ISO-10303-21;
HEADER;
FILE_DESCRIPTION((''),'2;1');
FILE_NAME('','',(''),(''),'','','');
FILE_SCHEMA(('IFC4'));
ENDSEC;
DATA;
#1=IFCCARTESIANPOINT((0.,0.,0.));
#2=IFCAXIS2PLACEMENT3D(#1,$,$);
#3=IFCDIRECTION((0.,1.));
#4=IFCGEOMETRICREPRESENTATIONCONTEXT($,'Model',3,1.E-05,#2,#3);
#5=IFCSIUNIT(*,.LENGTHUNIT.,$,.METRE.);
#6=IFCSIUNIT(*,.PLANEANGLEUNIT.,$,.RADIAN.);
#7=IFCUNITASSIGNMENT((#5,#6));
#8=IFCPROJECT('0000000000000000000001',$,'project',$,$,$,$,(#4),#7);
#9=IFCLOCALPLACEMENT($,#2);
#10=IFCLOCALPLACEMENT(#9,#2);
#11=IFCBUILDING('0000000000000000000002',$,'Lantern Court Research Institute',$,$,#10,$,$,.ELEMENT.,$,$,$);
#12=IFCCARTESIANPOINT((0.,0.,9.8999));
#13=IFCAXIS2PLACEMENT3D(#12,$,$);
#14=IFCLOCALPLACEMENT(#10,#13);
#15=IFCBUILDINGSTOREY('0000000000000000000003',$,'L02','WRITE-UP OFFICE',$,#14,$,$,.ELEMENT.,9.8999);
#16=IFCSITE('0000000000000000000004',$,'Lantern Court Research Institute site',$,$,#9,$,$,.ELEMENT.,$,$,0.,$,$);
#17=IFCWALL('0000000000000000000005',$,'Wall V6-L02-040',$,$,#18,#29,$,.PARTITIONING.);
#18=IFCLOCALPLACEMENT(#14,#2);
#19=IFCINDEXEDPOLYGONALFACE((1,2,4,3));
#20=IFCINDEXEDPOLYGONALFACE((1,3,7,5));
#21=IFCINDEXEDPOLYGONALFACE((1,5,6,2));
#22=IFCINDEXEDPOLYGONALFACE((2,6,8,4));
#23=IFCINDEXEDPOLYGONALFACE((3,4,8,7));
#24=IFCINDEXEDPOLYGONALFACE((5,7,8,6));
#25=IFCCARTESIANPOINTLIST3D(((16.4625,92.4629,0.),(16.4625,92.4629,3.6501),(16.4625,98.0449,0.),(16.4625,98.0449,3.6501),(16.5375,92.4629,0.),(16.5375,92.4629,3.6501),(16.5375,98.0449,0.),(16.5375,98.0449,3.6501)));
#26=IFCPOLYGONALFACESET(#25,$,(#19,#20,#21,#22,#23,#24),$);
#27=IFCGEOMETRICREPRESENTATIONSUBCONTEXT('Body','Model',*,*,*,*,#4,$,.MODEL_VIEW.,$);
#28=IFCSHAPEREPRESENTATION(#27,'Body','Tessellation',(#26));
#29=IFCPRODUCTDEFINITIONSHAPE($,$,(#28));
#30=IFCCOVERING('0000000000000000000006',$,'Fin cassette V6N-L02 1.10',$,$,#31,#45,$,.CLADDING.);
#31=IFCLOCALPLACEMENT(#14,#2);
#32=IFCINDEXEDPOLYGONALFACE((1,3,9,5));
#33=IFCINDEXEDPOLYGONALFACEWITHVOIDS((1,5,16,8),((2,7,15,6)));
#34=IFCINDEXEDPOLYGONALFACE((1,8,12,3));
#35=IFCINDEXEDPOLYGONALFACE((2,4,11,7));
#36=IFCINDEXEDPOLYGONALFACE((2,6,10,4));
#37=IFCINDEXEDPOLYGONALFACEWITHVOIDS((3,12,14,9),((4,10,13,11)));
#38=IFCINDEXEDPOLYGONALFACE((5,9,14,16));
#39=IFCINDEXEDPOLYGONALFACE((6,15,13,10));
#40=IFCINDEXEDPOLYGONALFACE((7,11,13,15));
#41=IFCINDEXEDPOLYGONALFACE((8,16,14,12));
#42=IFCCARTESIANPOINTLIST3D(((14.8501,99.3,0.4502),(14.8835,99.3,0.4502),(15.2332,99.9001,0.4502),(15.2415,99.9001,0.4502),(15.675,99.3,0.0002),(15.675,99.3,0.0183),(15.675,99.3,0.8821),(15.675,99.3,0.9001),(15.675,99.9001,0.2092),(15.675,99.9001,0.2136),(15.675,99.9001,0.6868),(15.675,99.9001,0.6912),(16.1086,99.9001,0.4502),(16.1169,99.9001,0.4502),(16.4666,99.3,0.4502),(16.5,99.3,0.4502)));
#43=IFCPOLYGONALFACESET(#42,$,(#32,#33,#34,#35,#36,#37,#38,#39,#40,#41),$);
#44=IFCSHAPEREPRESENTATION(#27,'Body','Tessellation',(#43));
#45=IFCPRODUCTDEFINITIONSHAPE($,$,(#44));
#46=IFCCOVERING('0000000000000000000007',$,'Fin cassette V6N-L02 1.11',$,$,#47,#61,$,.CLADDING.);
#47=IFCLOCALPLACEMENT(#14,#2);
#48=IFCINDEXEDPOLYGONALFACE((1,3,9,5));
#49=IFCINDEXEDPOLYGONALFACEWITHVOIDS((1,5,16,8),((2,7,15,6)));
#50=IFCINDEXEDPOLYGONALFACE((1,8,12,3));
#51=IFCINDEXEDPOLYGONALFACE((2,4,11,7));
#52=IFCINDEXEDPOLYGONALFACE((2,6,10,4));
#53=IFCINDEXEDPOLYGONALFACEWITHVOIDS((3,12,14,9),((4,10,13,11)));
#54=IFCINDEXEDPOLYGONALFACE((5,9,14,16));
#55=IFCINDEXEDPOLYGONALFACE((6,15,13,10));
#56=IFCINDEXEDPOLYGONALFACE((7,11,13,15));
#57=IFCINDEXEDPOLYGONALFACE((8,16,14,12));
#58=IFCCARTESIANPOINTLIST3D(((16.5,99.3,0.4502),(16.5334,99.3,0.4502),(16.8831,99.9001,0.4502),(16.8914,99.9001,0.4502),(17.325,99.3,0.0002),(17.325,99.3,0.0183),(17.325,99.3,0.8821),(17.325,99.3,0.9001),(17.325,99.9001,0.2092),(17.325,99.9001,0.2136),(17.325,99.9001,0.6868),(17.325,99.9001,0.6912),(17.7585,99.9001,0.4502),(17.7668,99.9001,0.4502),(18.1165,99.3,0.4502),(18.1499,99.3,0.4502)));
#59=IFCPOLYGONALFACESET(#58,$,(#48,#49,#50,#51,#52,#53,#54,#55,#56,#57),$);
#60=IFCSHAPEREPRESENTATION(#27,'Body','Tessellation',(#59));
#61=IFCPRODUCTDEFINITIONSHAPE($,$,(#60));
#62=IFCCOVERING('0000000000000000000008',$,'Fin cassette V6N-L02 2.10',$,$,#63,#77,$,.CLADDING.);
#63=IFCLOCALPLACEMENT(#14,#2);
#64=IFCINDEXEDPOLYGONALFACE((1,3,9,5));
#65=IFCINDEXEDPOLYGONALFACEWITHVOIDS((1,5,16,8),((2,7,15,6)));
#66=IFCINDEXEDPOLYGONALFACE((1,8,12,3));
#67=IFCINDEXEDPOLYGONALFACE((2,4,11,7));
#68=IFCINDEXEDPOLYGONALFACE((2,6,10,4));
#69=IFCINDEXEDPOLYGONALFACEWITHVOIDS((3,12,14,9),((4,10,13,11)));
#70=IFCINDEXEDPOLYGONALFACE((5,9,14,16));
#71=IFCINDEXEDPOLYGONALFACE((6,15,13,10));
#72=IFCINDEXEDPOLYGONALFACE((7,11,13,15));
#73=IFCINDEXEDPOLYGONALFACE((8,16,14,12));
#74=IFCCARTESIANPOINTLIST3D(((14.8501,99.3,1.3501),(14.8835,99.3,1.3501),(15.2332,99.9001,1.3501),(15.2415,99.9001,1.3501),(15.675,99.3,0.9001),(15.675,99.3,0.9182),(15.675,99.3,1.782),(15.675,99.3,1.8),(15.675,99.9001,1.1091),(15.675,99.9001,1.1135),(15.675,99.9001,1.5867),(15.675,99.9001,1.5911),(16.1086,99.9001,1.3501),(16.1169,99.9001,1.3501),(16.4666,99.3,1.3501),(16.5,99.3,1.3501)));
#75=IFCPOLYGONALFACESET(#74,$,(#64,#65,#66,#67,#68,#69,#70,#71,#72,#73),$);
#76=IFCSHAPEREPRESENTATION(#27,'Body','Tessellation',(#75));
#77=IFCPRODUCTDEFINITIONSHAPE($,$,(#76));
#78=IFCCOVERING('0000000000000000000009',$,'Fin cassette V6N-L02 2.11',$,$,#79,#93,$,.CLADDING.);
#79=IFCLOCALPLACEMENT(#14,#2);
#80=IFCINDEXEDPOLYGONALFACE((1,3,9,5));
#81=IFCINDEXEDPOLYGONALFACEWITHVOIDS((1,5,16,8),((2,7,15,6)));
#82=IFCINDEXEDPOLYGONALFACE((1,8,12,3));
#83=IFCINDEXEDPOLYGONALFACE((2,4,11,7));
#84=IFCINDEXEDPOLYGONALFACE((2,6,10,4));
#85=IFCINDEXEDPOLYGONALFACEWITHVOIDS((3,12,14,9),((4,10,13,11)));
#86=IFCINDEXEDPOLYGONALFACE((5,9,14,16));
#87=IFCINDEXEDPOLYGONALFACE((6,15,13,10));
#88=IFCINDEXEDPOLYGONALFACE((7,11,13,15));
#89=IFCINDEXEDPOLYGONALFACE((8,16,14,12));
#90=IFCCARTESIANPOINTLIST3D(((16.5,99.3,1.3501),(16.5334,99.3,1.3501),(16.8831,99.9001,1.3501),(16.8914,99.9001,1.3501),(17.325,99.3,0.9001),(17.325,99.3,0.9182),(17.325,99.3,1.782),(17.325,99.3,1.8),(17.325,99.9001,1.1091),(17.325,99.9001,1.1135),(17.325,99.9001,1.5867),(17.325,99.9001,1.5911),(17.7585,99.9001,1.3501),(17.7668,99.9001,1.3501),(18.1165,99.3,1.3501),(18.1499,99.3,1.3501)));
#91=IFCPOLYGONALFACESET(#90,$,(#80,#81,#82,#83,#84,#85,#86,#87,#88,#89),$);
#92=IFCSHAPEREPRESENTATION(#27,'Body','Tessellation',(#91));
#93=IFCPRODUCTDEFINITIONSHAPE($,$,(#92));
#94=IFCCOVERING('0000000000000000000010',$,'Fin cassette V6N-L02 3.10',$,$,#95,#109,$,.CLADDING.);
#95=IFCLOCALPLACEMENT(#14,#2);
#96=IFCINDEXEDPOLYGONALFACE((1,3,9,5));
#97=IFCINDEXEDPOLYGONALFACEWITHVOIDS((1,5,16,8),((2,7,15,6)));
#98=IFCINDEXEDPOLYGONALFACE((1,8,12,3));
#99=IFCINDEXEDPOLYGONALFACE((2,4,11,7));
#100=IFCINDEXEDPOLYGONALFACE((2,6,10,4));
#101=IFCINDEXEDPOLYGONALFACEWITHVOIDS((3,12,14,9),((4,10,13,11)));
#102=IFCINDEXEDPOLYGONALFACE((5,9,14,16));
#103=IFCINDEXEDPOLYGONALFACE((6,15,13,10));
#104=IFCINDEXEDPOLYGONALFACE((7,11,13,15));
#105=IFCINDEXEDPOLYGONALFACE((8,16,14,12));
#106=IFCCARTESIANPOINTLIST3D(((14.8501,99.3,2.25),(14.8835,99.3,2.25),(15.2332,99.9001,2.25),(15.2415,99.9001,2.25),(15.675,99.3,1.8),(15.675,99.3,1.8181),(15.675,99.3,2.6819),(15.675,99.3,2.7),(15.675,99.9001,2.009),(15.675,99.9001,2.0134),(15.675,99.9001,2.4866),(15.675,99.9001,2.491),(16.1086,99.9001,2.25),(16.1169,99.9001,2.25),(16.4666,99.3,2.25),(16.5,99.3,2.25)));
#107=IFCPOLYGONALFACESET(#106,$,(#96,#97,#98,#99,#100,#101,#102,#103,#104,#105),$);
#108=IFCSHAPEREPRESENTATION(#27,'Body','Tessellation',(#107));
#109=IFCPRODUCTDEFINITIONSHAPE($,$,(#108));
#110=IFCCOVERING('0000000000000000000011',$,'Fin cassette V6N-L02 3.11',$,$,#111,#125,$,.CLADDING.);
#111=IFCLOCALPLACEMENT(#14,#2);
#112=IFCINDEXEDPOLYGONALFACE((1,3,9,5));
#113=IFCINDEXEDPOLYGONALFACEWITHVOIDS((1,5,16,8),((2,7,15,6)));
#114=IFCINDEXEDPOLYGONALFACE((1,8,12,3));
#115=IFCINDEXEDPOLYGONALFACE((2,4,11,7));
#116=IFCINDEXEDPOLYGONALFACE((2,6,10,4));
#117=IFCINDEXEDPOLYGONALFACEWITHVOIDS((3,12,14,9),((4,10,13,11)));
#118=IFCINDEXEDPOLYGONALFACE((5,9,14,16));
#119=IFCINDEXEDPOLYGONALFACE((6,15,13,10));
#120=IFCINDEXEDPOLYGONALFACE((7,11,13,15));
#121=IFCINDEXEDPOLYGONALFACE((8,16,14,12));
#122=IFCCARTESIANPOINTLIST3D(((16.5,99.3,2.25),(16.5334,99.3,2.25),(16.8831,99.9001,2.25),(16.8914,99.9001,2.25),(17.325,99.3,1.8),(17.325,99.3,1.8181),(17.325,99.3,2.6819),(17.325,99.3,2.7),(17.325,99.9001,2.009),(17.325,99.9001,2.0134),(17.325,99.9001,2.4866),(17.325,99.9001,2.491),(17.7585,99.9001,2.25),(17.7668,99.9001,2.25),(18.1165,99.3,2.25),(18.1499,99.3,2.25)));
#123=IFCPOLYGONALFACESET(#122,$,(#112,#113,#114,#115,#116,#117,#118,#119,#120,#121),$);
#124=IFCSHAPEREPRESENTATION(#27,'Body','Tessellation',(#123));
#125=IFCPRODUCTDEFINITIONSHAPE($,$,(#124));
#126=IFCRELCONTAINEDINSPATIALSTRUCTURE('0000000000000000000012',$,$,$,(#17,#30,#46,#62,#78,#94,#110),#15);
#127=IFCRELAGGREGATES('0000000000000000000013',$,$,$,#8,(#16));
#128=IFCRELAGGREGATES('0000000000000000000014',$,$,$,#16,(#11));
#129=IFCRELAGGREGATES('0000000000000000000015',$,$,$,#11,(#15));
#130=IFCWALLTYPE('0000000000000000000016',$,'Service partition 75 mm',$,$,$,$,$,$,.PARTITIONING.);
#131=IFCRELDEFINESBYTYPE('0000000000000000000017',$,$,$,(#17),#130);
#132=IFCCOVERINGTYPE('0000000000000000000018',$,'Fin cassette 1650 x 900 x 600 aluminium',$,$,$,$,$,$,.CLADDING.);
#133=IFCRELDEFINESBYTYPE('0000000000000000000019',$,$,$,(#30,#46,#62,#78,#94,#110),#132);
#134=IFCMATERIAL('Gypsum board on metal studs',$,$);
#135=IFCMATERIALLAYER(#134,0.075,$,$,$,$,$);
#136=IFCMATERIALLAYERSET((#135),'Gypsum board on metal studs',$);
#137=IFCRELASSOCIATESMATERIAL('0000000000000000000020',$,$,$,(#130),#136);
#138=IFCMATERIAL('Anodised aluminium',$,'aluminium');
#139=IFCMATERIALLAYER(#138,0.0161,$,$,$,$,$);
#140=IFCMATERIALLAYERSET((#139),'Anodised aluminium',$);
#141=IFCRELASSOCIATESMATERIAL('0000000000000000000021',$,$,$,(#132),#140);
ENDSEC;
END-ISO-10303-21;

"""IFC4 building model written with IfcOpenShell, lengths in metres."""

from ifc_helpers import new_model, entity, si_unit, direction, frame, frame_2d, origin, place, context, subcontext, project, spatial, rectangle, extrude, material, layer, layer_set, type_object, element, save


model = new_model("IFC4")

# Units and contexts
model_context = context("Model", 3, precision=1e-05, world=origin(), true_north=direction((0.0, 1.0)))
body_context = subcontext(model_context, "Body", "Model", "MODEL_VIEW")
ifc_project = project(units=[si_unit("LENGTHUNIT", "METRE"), si_unit("PLANEANGLEUNIT", "RADIAN")], contexts=[model_context])

# Site, building, storey
site_placement = place(None, origin())
site = spatial("IfcSite", under=ifc_project, at=site_placement, Name="Lantern Court Research Institute site", CompositionType="ELEMENT", RefElevation=0.0)
building_placement = place(site_placement, origin())
building = spatial("IfcBuilding", under=site, at=building_placement, Name="Lantern Court Research Institute", CompositionType="ELEMENT")
storey_placement = place(building_placement, frame((0.0, 0.0, 9.8999)))
storey = spatial("IfcBuildingStorey", under=building, at=storey_placement, Name="L02", Description="WRITE-UP OFFICE", CompositionType="ELEMENT", Elevation=9.8999)

# Wall
ifc_material_1 = material(Name="Gypsum board on metal studs")
ifc_layer_1 = layer(ifc_material_1, 0.075)
ifc_layer_set_1 = layer_set([ifc_layer_1], Name="Gypsum board on metal studs")
wall_type_1 = type_object("IfcWallType", Name="Service partition 75 mm", PredefinedType="PARTITIONING", material=ifc_layer_set_1)
wall_1_placement = place(storey_placement, frame((16.5, 92.4629, 0.0), z_axis=(0.0, 0.0, 1.0), x_axis=(0.0, 1.0, 0.0)))
element("IfcWall", 1, at=wall_1_placement, inside=storey, type_object=wall_type_1, Name="Wall V6-L02-040", PredefinedType="PARTITIONING", context=body_context, shape_type="SweptSolid", body=[
    extrude(rectangle(XDim=5.582, YDim=0.075, at=frame_2d((2.791, 0.0))), origin(), (0.0, 0.0, 1.0), 3.6501),
])

# Coverings
ifc_material_2 = material(Name="Anodised aluminium", Category="aluminium")
ifc_layer_2 = layer(ifc_material_2, 0.0161)
ifc_layer_set_2 = layer_set([ifc_layer_2], Name="Anodised aluminium")
covering_type = type_object("IfcCoveringType", Name="Fin cassette 1650 x 900 x 600 aluminium", PredefinedType="CLADDING", material=ifc_layer_set_2)
covering_1_placement = place(storey_placement, frame((15.675, 99.3, 0.4502), z_axis=(0.0, 1.0, 0.0), x_axis=(-1.0, 0.0, 0.0)))
cartesian_point_1 = entity("IfcCartesianPoint", [0.825, 0.0])
cartesian_point_2 = entity("IfcCartesianPoint", [0.7915, 0.0])
cartesian_point_3 = entity("IfcCartesianPoint", [0.4419, 0.0])
cartesian_point_4 = entity("IfcCartesianPoint", [0.4336, 0.0])
element("IfcCovering", 2, at=covering_1_placement, inside=storey, type_object=covering_type, Name="Fin cassette V6N-L02 1.10", PredefinedType="CLADDING", context=body_context, shape_type="SweptSolid", body=[
    entity("IfcExtrudedAreaSolidTapered", entity("IfcArbitraryProfileDefWithVoids", "AREA", None, entity("IfcPolyline", [cartesian_point_1, entity("IfcCartesianPoint", [0.0, 0.45]), entity("IfcCartesianPoint", [-0.825, 0.0]), entity("IfcCartesianPoint", [0.0, -0.45]), cartesian_point_1]), [entity("IfcPolyline", [cartesian_point_2, entity("IfcCartesianPoint", [0.0, 0.4319]), entity("IfcCartesianPoint", [-0.7915, 0.0]), entity("IfcCartesianPoint", [0.0, -0.4319]), cartesian_point_2])]), entity("IfcAxis2Placement3D", entity("IfcCartesianPoint", [0.0, 0.0, 0.0])), entity("IfcDirection", [0.0, 0.0, 1.0]), 0.6001, entity("IfcArbitraryProfileDefWithVoids", "AREA", None, entity("IfcPolyline", [cartesian_point_3, entity("IfcCartesianPoint", [0.0, 0.241]), entity("IfcCartesianPoint", [-0.4419, 0.0]), entity("IfcCartesianPoint", [0.0, -0.241]), cartesian_point_3]), [entity("IfcPolyline", [cartesian_point_4, entity("IfcCartesianPoint", [0.0, 0.2366]), entity("IfcCartesianPoint", [-0.4336, 0.0]), entity("IfcCartesianPoint", [0.0, -0.2366]), cartesian_point_4])])),
])
covering_2_placement = place(storey_placement, frame((17.325, 99.3, 0.4502), z_axis=(0.0, 1.0, 0.0), x_axis=(-1.0, 0.0, 0.0)))
cartesian_point_5 = entity("IfcCartesianPoint", [0.825, 0.0])
cartesian_point_6 = entity("IfcCartesianPoint", [0.7915, 0.0])
cartesian_point_7 = entity("IfcCartesianPoint", [0.4419, 0.0])
cartesian_point_8 = entity("IfcCartesianPoint", [0.4336, 0.0])
element("IfcCovering", 3, at=covering_2_placement, inside=storey, type_object=covering_type, Name="Fin cassette V6N-L02 1.11", PredefinedType="CLADDING", context=body_context, shape_type="SweptSolid", body=[
    entity("IfcExtrudedAreaSolidTapered", entity("IfcArbitraryProfileDefWithVoids", "AREA", None, entity("IfcPolyline", [cartesian_point_5, entity("IfcCartesianPoint", [0.0, 0.45]), entity("IfcCartesianPoint", [-0.825, 0.0]), entity("IfcCartesianPoint", [0.0, -0.45]), cartesian_point_5]), [entity("IfcPolyline", [cartesian_point_6, entity("IfcCartesianPoint", [0.0, 0.4319]), entity("IfcCartesianPoint", [-0.7915, 0.0]), entity("IfcCartesianPoint", [0.0, -0.4319]), cartesian_point_6])]), entity("IfcAxis2Placement3D", entity("IfcCartesianPoint", [0.0, 0.0, 0.0])), entity("IfcDirection", [0.0, 0.0, 1.0]), 0.6001, entity("IfcArbitraryProfileDefWithVoids", "AREA", None, entity("IfcPolyline", [cartesian_point_7, entity("IfcCartesianPoint", [0.0, 0.241]), entity("IfcCartesianPoint", [-0.4419, 0.0]), entity("IfcCartesianPoint", [0.0, -0.241]), cartesian_point_7]), [entity("IfcPolyline", [cartesian_point_8, entity("IfcCartesianPoint", [0.0, 0.2366]), entity("IfcCartesianPoint", [-0.4336, 0.0]), entity("IfcCartesianPoint", [0.0, -0.2366]), cartesian_point_8])])),
])
covering_3_placement = place(storey_placement, frame((15.675, 99.3, 1.3501), z_axis=(0.0, 1.0, 0.0), x_axis=(-1.0, 0.0, 0.0)))
cartesian_point_9 = entity("IfcCartesianPoint", [0.825, 0.0])
cartesian_point_10 = entity("IfcCartesianPoint", [0.7915, 0.0])
cartesian_point_11 = entity("IfcCartesianPoint", [0.4419, 0.0])
cartesian_point_12 = entity("IfcCartesianPoint", [0.4336, 0.0])
element("IfcCovering", 4, at=covering_3_placement, inside=storey, type_object=covering_type, Name="Fin cassette V6N-L02 2.10", PredefinedType="CLADDING", context=body_context, shape_type="SweptSolid", body=[
    entity("IfcExtrudedAreaSolidTapered", entity("IfcArbitraryProfileDefWithVoids", "AREA", None, entity("IfcPolyline", [cartesian_point_9, entity("IfcCartesianPoint", [0.0, 0.45]), entity("IfcCartesianPoint", [-0.825, 0.0]), entity("IfcCartesianPoint", [0.0, -0.45]), cartesian_point_9]), [entity("IfcPolyline", [cartesian_point_10, entity("IfcCartesianPoint", [0.0, 0.4319]), entity("IfcCartesianPoint", [-0.7915, 0.0]), entity("IfcCartesianPoint", [0.0, -0.4319]), cartesian_point_10])]), entity("IfcAxis2Placement3D", entity("IfcCartesianPoint", [0.0, 0.0, 0.0])), entity("IfcDirection", [0.0, 0.0, 1.0]), 0.6001, entity("IfcArbitraryProfileDefWithVoids", "AREA", None, entity("IfcPolyline", [cartesian_point_11, entity("IfcCartesianPoint", [0.0, 0.241]), entity("IfcCartesianPoint", [-0.4419, 0.0]), entity("IfcCartesianPoint", [0.0, -0.241]), cartesian_point_11]), [entity("IfcPolyline", [cartesian_point_12, entity("IfcCartesianPoint", [0.0, 0.2366]), entity("IfcCartesianPoint", [-0.4336, 0.0]), entity("IfcCartesianPoint", [0.0, -0.2366]), cartesian_point_12])])),
])
covering_4_placement = place(storey_placement, frame((17.325, 99.3, 1.3501), z_axis=(0.0, 1.0, 0.0), x_axis=(-1.0, 0.0, 0.0)))
cartesian_point_13 = entity("IfcCartesianPoint", [0.825, 0.0])
cartesian_point_14 = entity("IfcCartesianPoint", [0.7915, 0.0])
cartesian_point_15 = entity("IfcCartesianPoint", [0.4419, 0.0])
cartesian_point_16 = entity("IfcCartesianPoint", [0.4336, 0.0])
element("IfcCovering", 5, at=covering_4_placement, inside=storey, type_object=covering_type, Name="Fin cassette V6N-L02 2.11", PredefinedType="CLADDING", context=body_context, shape_type="SweptSolid", body=[
    entity("IfcExtrudedAreaSolidTapered", entity("IfcArbitraryProfileDefWithVoids", "AREA", None, entity("IfcPolyline", [cartesian_point_13, entity("IfcCartesianPoint", [0.0, 0.45]), entity("IfcCartesianPoint", [-0.825, 0.0]), entity("IfcCartesianPoint", [0.0, -0.45]), cartesian_point_13]), [entity("IfcPolyline", [cartesian_point_14, entity("IfcCartesianPoint", [0.0, 0.4319]), entity("IfcCartesianPoint", [-0.7915, 0.0]), entity("IfcCartesianPoint", [0.0, -0.4319]), cartesian_point_14])]), entity("IfcAxis2Placement3D", entity("IfcCartesianPoint", [0.0, 0.0, 0.0])), entity("IfcDirection", [0.0, 0.0, 1.0]), 0.6001, entity("IfcArbitraryProfileDefWithVoids", "AREA", None, entity("IfcPolyline", [cartesian_point_15, entity("IfcCartesianPoint", [0.0, 0.241]), entity("IfcCartesianPoint", [-0.4419, 0.0]), entity("IfcCartesianPoint", [0.0, -0.241]), cartesian_point_15]), [entity("IfcPolyline", [cartesian_point_16, entity("IfcCartesianPoint", [0.0, 0.2366]), entity("IfcCartesianPoint", [-0.4336, 0.0]), entity("IfcCartesianPoint", [0.0, -0.2366]), cartesian_point_16])])),
])
covering_5_placement = place(storey_placement, frame((15.675, 99.3, 2.25), z_axis=(0.0, 1.0, 0.0), x_axis=(-1.0, 0.0, 0.0)))
cartesian_point_17 = entity("IfcCartesianPoint", [0.825, 0.0])
cartesian_point_18 = entity("IfcCartesianPoint", [0.7915, 0.0])
cartesian_point_19 = entity("IfcCartesianPoint", [0.4419, 0.0])
cartesian_point_20 = entity("IfcCartesianPoint", [0.4336, 0.0])
element("IfcCovering", 6, at=covering_5_placement, inside=storey, type_object=covering_type, Name="Fin cassette V6N-L02 3.10", PredefinedType="CLADDING", context=body_context, shape_type="SweptSolid", body=[
    entity("IfcExtrudedAreaSolidTapered", entity("IfcArbitraryProfileDefWithVoids", "AREA", None, entity("IfcPolyline", [cartesian_point_17, entity("IfcCartesianPoint", [0.0, 0.45]), entity("IfcCartesianPoint", [-0.825, 0.0]), entity("IfcCartesianPoint", [0.0, -0.45]), cartesian_point_17]), [entity("IfcPolyline", [cartesian_point_18, entity("IfcCartesianPoint", [0.0, 0.4319]), entity("IfcCartesianPoint", [-0.7915, 0.0]), entity("IfcCartesianPoint", [0.0, -0.4319]), cartesian_point_18])]), entity("IfcAxis2Placement3D", entity("IfcCartesianPoint", [0.0, 0.0, 0.0])), entity("IfcDirection", [0.0, 0.0, 1.0]), 0.6001, entity("IfcArbitraryProfileDefWithVoids", "AREA", None, entity("IfcPolyline", [cartesian_point_19, entity("IfcCartesianPoint", [0.0, 0.241]), entity("IfcCartesianPoint", [-0.4419, 0.0]), entity("IfcCartesianPoint", [0.0, -0.241]), cartesian_point_19]), [entity("IfcPolyline", [cartesian_point_20, entity("IfcCartesianPoint", [0.0, 0.2366]), entity("IfcCartesianPoint", [-0.4336, 0.0]), entity("IfcCartesianPoint", [0.0, -0.2366]), cartesian_point_20])])),
])
covering_6_placement = place(storey_placement, frame((17.325, 99.3, 2.25), z_axis=(0.0, 1.0, 0.0), x_axis=(-1.0, 0.0, 0.0)))
cartesian_point_21 = entity("IfcCartesianPoint", [0.825, 0.0])
cartesian_point_22 = entity("IfcCartesianPoint", [0.7915, 0.0])
cartesian_point_23 = entity("IfcCartesianPoint", [0.4419, 0.0])
cartesian_point_24 = entity("IfcCartesianPoint", [0.4336, 0.0])
element("IfcCovering", 7, at=covering_6_placement, inside=storey, type_object=covering_type, Name="Fin cassette V6N-L02 3.11", PredefinedType="CLADDING", context=body_context, shape_type="SweptSolid", body=[
    entity("IfcExtrudedAreaSolidTapered", entity("IfcArbitraryProfileDefWithVoids", "AREA", None, entity("IfcPolyline", [cartesian_point_21, entity("IfcCartesianPoint", [0.0, 0.45]), entity("IfcCartesianPoint", [-0.825, 0.0]), entity("IfcCartesianPoint", [0.0, -0.45]), cartesian_point_21]), [entity("IfcPolyline", [cartesian_point_22, entity("IfcCartesianPoint", [0.0, 0.4319]), entity("IfcCartesianPoint", [-0.7915, 0.0]), entity("IfcCartesianPoint", [0.0, -0.4319]), cartesian_point_22])]), entity("IfcAxis2Placement3D", entity("IfcCartesianPoint", [0.0, 0.0, 0.0])), entity("IfcDirection", [0.0, 0.0, 1.0]), 0.6001, entity("IfcArbitraryProfileDefWithVoids", "AREA", None, entity("IfcPolyline", [cartesian_point_23, entity("IfcCartesianPoint", [0.0, 0.241]), entity("IfcCartesianPoint", [-0.4419, 0.0]), entity("IfcCartesianPoint", [0.0, -0.241]), cartesian_point_23]), [entity("IfcPolyline", [cartesian_point_24, entity("IfcCartesianPoint", [0.0, 0.2366]), entity("IfcCartesianPoint", [-0.4336, 0.0]), entity("IfcCartesianPoint", [0.0, -0.2366]), cartesian_point_24])])),
])

save(model, "model.ifc")
